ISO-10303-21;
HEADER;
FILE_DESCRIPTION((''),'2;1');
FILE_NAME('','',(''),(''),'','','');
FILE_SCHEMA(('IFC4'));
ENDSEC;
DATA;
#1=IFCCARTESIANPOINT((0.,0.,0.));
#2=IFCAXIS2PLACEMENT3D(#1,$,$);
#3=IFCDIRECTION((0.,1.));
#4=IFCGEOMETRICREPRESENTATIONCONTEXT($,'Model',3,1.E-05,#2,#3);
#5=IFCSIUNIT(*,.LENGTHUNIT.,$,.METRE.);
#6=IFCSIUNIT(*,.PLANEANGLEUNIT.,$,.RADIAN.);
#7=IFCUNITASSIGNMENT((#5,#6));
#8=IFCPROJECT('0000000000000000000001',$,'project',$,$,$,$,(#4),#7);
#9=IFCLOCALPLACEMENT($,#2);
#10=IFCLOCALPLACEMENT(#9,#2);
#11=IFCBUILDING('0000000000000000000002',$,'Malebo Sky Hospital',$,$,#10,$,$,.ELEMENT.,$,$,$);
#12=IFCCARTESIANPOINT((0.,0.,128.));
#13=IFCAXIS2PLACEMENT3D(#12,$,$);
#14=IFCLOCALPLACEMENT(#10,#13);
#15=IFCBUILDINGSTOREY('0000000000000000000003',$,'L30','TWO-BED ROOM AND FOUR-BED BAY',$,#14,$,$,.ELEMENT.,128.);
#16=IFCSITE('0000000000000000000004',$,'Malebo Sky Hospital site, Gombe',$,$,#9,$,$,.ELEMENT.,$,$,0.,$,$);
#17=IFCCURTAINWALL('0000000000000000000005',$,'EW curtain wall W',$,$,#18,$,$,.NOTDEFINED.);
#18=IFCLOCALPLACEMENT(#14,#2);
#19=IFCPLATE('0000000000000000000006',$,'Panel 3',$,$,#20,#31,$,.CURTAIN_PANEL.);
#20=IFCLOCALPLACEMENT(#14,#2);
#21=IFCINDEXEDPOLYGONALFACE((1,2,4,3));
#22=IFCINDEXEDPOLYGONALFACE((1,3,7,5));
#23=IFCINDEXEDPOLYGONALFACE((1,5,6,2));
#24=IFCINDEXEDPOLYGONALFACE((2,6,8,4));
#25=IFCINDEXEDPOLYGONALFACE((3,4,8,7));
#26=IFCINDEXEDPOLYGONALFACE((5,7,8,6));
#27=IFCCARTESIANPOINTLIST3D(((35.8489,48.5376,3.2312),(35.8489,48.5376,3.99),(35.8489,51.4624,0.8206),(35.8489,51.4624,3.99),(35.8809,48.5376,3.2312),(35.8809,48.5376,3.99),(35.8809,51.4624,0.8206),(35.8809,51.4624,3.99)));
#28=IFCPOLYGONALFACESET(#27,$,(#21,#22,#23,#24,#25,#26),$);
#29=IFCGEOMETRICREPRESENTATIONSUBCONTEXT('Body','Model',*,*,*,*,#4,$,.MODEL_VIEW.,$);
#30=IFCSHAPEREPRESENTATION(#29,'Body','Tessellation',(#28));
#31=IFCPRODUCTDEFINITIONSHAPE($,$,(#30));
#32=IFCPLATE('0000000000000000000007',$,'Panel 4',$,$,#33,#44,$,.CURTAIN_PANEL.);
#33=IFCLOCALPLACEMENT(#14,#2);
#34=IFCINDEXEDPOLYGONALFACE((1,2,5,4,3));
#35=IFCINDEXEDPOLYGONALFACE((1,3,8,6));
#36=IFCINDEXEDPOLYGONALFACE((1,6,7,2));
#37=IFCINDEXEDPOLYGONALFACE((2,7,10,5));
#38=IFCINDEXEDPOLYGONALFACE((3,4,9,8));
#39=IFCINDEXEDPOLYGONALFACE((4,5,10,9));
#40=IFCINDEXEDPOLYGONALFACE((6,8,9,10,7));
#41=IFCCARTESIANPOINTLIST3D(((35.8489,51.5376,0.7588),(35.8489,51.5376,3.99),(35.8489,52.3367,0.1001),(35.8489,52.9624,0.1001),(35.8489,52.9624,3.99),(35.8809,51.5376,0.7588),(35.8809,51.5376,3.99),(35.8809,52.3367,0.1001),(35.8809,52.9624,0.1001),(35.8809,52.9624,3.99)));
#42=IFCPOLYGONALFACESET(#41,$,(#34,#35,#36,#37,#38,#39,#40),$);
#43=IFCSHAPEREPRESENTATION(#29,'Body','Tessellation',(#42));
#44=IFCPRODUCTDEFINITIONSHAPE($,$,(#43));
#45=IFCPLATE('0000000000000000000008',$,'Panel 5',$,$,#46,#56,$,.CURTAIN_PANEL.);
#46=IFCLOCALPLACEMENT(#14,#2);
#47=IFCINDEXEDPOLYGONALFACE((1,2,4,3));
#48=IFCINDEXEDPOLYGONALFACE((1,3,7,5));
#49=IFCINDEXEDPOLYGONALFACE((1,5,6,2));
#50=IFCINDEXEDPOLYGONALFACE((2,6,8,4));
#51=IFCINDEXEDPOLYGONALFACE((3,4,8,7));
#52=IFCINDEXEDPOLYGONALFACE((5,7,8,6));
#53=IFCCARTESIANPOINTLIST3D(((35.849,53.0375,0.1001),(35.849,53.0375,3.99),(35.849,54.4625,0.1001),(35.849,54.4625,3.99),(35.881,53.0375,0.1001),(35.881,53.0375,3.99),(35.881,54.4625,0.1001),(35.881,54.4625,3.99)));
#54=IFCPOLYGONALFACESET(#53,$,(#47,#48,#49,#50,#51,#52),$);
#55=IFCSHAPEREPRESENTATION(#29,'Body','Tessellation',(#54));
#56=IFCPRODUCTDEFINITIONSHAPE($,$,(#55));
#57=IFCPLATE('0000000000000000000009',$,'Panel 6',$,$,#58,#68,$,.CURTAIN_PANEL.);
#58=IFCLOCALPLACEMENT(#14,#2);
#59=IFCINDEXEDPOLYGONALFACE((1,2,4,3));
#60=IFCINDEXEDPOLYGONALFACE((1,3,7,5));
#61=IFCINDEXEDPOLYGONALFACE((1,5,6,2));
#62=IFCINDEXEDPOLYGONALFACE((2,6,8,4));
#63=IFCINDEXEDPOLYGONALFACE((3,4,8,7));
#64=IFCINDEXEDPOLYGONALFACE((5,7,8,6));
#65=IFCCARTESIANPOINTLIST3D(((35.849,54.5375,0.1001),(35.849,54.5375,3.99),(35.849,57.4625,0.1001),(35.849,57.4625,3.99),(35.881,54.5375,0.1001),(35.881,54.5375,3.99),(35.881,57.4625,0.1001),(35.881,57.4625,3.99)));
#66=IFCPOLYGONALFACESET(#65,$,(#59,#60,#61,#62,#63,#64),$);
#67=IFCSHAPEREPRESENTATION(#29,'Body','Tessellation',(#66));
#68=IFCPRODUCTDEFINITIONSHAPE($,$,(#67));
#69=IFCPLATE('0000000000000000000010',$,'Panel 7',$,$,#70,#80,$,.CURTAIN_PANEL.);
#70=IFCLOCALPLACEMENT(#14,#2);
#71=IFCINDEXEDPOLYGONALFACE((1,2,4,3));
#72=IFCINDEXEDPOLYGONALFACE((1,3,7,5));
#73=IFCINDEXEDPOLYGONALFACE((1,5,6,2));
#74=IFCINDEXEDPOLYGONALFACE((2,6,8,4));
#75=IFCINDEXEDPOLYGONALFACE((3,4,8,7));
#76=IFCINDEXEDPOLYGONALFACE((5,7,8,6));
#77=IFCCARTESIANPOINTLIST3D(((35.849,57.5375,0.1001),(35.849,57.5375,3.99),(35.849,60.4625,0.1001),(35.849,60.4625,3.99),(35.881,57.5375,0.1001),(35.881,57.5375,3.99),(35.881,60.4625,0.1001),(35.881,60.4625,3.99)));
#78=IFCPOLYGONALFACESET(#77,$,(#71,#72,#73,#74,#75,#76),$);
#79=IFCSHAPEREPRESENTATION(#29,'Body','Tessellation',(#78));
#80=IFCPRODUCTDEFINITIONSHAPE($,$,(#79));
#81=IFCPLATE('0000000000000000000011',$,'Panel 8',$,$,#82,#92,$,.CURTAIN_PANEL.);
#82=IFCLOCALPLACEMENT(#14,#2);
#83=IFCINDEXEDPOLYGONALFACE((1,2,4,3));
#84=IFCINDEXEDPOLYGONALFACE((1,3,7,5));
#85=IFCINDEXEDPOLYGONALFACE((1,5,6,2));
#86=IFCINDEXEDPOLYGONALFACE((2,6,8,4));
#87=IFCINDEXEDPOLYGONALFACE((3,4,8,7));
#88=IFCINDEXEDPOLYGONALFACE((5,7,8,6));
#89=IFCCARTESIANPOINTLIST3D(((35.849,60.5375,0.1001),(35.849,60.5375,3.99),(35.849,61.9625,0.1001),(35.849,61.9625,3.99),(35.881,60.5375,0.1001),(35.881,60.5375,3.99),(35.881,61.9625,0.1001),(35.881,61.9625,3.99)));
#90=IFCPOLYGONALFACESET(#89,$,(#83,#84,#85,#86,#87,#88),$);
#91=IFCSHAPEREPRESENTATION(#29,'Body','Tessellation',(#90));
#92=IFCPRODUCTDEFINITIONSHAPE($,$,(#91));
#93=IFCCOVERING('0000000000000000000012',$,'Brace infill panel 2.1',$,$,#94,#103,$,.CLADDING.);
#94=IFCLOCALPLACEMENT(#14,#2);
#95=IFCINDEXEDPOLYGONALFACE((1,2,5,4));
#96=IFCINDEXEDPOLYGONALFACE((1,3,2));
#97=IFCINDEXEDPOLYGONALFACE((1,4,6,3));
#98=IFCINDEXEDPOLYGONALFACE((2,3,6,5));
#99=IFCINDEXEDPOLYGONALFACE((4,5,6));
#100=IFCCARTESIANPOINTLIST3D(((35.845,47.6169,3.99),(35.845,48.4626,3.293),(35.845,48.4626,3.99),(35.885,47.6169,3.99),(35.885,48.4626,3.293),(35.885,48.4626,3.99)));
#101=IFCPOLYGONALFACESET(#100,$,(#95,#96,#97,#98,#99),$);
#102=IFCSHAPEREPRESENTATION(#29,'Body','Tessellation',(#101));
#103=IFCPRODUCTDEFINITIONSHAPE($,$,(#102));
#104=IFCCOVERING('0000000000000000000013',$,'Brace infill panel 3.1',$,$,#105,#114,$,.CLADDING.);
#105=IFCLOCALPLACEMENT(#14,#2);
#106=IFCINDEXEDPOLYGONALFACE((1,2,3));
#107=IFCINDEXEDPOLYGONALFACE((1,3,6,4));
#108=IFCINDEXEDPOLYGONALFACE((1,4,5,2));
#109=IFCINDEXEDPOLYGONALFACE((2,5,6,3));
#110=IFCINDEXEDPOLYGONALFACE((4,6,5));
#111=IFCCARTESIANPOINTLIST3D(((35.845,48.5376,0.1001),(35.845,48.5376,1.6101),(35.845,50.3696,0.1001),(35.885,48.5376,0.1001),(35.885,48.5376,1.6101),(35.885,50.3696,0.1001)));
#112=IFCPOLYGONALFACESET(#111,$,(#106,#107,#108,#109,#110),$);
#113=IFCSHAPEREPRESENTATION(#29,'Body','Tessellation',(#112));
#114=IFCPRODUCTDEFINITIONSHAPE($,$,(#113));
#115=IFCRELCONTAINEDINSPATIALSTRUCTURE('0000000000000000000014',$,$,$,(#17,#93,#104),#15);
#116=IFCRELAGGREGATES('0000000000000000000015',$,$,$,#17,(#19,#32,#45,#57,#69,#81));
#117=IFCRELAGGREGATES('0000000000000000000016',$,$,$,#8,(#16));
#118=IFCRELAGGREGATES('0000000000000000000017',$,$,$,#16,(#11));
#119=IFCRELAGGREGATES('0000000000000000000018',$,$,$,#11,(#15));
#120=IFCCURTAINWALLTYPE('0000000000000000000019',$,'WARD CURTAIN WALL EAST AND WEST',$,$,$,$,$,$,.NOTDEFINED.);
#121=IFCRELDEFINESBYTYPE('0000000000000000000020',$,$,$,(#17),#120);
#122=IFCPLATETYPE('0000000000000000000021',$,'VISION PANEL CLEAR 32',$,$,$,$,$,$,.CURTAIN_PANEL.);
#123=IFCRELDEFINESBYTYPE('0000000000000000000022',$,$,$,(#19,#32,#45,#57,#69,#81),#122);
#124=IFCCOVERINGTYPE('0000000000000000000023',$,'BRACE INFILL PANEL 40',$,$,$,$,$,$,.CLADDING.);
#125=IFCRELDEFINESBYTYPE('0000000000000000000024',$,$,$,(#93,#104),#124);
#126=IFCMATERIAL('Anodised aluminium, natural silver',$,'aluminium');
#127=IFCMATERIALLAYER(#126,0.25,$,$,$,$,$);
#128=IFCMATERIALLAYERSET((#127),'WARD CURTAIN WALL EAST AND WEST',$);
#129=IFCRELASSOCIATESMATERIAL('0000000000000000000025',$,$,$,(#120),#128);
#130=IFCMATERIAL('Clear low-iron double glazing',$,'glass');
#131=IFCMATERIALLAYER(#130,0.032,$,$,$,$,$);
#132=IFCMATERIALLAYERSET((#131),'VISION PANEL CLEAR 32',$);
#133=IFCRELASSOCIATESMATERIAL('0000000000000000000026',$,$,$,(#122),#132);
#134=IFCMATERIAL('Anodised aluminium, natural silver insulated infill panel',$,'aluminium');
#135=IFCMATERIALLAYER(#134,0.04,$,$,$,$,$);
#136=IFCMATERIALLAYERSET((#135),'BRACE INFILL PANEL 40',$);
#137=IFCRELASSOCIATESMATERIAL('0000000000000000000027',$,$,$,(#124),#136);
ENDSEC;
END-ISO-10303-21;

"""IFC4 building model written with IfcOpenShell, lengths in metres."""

from ifc_helpers import new_model, si_unit, direction, frame, origin, origin_2d, place, context, subcontext, project, spatial, polyline, rectangle, outline, extrude, material, layer, layer_set, type_object, element, aggregate, save


model = new_model("IFC4")

# Units and contexts
model_context = context("Model", 3, precision=1e-05, world=origin(), true_north=direction((0.0, 1.0)))
body_context = subcontext(model_context, "Body", "Model", "MODEL_VIEW")
ifc_project = project(units=[si_unit("LENGTHUNIT", "METRE"), si_unit("PLANEANGLEUNIT", "RADIAN")], contexts=[model_context])

# Site, building, storey
site_placement = place(None, origin())
site = spatial("IfcSite", under=ifc_project, at=site_placement, Name="Malebo Sky Hospital site, Gombe", CompositionType="ELEMENT", RefElevation=0.0)
building_placement = place(site_placement, origin())
building = spatial("IfcBuilding", under=site, at=building_placement, Name="Malebo Sky Hospital", CompositionType="ELEMENT")
storey_placement = place(building_placement, frame((0.0, 0.0, 128.0)))
storey = spatial("IfcBuildingStorey", under=building, at=storey_placement, Name="L30", Description="TWO-BED ROOM AND FOUR-BED BAY", CompositionType="ELEMENT", Elevation=128.0)

# Curtain wall
ifc_material_1 = material(Name="Anodised aluminium, natural silver", Category="aluminium")
ifc_layer_1 = layer(ifc_material_1, 0.25)
ifc_layer_set_1 = layer_set([ifc_layer_1], Name="WARD CURTAIN WALL EAST AND WEST")
curtain_wall_type = type_object("IfcCurtainWallType", Name="WARD CURTAIN WALL EAST AND WEST", PredefinedType="NOTDEFINED", material=ifc_layer_set_1)
curtain_wall_placement = place(storey_placement, origin())
curtain_wall = element("IfcCurtainWall", 1, at=curtain_wall_placement, inside=storey, type_object=curtain_wall_type, Name="EW curtain wall W", PredefinedType="NOTDEFINED")

# Plates
ifc_material_2 = material(Name="Clear low-iron double glazing", Category="glass")
ifc_layer_2 = layer(ifc_material_2, 0.032)
ifc_layer_set_2 = layer_set([ifc_layer_2], Name="VISION PANEL CLEAR 32")
plate_type = type_object("IfcPlateType", Name="VISION PANEL CLEAR 32", PredefinedType="CURTAIN_PANEL", material=ifc_layer_set_2)
plate_1_placement = place(storey_placement, frame((35.865, 50.0, 0.8206), z_axis=(0.0, 0.0, 1.0), x_axis=(0.0, 1.0, 0.0)))
plate_1 = element("IfcPlate", 2, at=plate_1_placement, type_object=plate_type, Name="Panel 3", PredefinedType="CURTAIN_PANEL", context=body_context, shape_type="SweptSolid", body=[
    extrude(outline(polyline([(1.4624, 0.0), (1.4624, 3.1694), (-1.4624, 3.1694), (-1.4624, 2.4106), (1.4624, 0.0)])), frame((0.0, 0.0161, 0.0), z_axis=(0.0, -1.0, 0.0), x_axis=(1.0, 0.0, 0.0)), (0.0, 0.0, 1.0), 0.032),
])
plate_2_placement = place(storey_placement, frame((35.865, 52.25, 0.1001), z_axis=(0.0, 0.0, 1.0), x_axis=(0.0, 1.0, 0.0)))
plate_2 = element("IfcPlate", 3, at=plate_2_placement, type_object=plate_type, Name="Panel 4", PredefinedType="CURTAIN_PANEL", context=body_context, shape_type="SweptSolid", body=[
    extrude(outline(polyline([(0.0867, 0.0), (0.7124, 0.0), (0.7124, 3.8899), (-0.7124, 3.8899), (-0.7124, 0.6587), (0.0867, 0.0)])), frame((0.0, 0.0161, 0.0), z_axis=(0.0, -1.0, 0.0), x_axis=(1.0, 0.0, 0.0)), (0.0, 0.0, 1.0), 0.032),
])
plate_3_placement = place(storey_placement, frame((35.865, 53.75, 0.1001), z_axis=(0.0, 0.0, 1.0), x_axis=(0.0, 1.0, 0.0)))
plate_3 = element("IfcPlate", 4, at=plate_3_placement, type_object=plate_type, Name="Panel 5", PredefinedType="CURTAIN_PANEL", context=body_context, shape_type="SweptSolid", body=[
    extrude(rectangle(XDim=1.425, YDim=0.032, at=origin_2d()), origin(), (0.0, 0.0, 1.0), 3.8899),
])
plate_4_placement = place(storey_placement, frame((35.865, 56.0, 0.1001), z_axis=(0.0, 0.0, 1.0), x_axis=(0.0, 1.0, 0.0)))
plate_4 = element("IfcPlate", 5, at=plate_4_placement, type_object=plate_type, Name="Panel 6", PredefinedType="CURTAIN_PANEL", context=body_context, shape_type="SweptSolid", body=[
    extrude(rectangle(XDim=2.925, YDim=0.032, at=origin_2d()), origin(), (0.0, 0.0, 1.0), 3.8899),
])
plate_5_placement = place(storey_placement, frame((35.865, 59.0, 0.1001), z_axis=(0.0, 0.0, 1.0), x_axis=(0.0, 1.0, 0.0)))
plate_5 = element("IfcPlate", 6, at=plate_5_placement, type_object=plate_type, Name="Panel 7", PredefinedType="CURTAIN_PANEL", context=body_context, shape_type="SweptSolid", body=[
    extrude(rectangle(XDim=2.925, YDim=0.032, at=origin_2d()), origin(), (0.0, 0.0, 1.0), 3.8899),
])
plate_6_placement = place(storey_placement, frame((35.865, 61.25, 0.1001), z_axis=(0.0, 0.0, 1.0), x_axis=(0.0, 1.0, 0.0)))
plate_6 = element("IfcPlate", 7, at=plate_6_placement, type_object=plate_type, Name="Panel 8", PredefinedType="CURTAIN_PANEL", context=body_context, shape_type="SweptSolid", body=[
    extrude(rectangle(XDim=1.425, YDim=0.032, at=origin_2d()), origin(), (0.0, 0.0, 1.0), 3.8899),
])
aggregate(curtain_wall, [plate_1, plate_2, plate_3, plate_4, plate_5, plate_6])

# Coverings
ifc_material_3 = material(Name="Anodised aluminium, natural silver insulated infill panel", Category="aluminium")
ifc_layer_3 = layer(ifc_material_3, 0.04)
ifc_layer_set_3 = layer_set([ifc_layer_3], Name="BRACE INFILL PANEL 40")
covering_type = type_object("IfcCoveringType", Name="BRACE INFILL PANEL 40", PredefinedType="CLADDING", material=ifc_layer_set_3)
covering_1_placement = place(storey_placement, frame((35.865, 48.0398, 3.293), z_axis=(0.0, 0.0, 1.0), x_axis=(0.0, 1.0, 0.0)))
element("IfcCovering", 8, at=covering_1_placement, inside=storey, type_object=covering_type, Name="Brace infill panel 2.1", PredefinedType="CLADDING", context=body_context, shape_type="SweptSolid", body=[
    extrude(outline(polyline([(0.4229, 0.0), (0.4229, 0.697), (-0.4229, 0.697), (0.4229, 0.0)])), frame((0.0, 0.02, 0.0), z_axis=(0.0, -1.0, 0.0), x_axis=(1.0, 0.0, 0.0)), (0.0, 0.0, 1.0), 0.04),
])
covering_2_placement = place(storey_placement, frame((35.865, 49.4536, 0.1001), z_axis=(0.0, 0.0, 1.0), x_axis=(0.0, 1.0, 0.0)))
element("IfcCovering", 9, at=covering_2_placement, inside=storey, type_object=covering_type, Name="Brace infill panel 3.1", PredefinedType="CLADDING", context=body_context, shape_type="SweptSolid", body=[
    extrude(outline(polyline([(-0.916, 0.0), (0.916, 0.0), (-0.916, 1.51), (-0.916, 0.0)])), frame((0.0, 0.02, 0.0), z_axis=(0.0, -1.0, 0.0), x_axis=(1.0, 0.0, 0.0)), (0.0, 0.0, 1.0), 0.04),
])

save(model, "model.ifc")
